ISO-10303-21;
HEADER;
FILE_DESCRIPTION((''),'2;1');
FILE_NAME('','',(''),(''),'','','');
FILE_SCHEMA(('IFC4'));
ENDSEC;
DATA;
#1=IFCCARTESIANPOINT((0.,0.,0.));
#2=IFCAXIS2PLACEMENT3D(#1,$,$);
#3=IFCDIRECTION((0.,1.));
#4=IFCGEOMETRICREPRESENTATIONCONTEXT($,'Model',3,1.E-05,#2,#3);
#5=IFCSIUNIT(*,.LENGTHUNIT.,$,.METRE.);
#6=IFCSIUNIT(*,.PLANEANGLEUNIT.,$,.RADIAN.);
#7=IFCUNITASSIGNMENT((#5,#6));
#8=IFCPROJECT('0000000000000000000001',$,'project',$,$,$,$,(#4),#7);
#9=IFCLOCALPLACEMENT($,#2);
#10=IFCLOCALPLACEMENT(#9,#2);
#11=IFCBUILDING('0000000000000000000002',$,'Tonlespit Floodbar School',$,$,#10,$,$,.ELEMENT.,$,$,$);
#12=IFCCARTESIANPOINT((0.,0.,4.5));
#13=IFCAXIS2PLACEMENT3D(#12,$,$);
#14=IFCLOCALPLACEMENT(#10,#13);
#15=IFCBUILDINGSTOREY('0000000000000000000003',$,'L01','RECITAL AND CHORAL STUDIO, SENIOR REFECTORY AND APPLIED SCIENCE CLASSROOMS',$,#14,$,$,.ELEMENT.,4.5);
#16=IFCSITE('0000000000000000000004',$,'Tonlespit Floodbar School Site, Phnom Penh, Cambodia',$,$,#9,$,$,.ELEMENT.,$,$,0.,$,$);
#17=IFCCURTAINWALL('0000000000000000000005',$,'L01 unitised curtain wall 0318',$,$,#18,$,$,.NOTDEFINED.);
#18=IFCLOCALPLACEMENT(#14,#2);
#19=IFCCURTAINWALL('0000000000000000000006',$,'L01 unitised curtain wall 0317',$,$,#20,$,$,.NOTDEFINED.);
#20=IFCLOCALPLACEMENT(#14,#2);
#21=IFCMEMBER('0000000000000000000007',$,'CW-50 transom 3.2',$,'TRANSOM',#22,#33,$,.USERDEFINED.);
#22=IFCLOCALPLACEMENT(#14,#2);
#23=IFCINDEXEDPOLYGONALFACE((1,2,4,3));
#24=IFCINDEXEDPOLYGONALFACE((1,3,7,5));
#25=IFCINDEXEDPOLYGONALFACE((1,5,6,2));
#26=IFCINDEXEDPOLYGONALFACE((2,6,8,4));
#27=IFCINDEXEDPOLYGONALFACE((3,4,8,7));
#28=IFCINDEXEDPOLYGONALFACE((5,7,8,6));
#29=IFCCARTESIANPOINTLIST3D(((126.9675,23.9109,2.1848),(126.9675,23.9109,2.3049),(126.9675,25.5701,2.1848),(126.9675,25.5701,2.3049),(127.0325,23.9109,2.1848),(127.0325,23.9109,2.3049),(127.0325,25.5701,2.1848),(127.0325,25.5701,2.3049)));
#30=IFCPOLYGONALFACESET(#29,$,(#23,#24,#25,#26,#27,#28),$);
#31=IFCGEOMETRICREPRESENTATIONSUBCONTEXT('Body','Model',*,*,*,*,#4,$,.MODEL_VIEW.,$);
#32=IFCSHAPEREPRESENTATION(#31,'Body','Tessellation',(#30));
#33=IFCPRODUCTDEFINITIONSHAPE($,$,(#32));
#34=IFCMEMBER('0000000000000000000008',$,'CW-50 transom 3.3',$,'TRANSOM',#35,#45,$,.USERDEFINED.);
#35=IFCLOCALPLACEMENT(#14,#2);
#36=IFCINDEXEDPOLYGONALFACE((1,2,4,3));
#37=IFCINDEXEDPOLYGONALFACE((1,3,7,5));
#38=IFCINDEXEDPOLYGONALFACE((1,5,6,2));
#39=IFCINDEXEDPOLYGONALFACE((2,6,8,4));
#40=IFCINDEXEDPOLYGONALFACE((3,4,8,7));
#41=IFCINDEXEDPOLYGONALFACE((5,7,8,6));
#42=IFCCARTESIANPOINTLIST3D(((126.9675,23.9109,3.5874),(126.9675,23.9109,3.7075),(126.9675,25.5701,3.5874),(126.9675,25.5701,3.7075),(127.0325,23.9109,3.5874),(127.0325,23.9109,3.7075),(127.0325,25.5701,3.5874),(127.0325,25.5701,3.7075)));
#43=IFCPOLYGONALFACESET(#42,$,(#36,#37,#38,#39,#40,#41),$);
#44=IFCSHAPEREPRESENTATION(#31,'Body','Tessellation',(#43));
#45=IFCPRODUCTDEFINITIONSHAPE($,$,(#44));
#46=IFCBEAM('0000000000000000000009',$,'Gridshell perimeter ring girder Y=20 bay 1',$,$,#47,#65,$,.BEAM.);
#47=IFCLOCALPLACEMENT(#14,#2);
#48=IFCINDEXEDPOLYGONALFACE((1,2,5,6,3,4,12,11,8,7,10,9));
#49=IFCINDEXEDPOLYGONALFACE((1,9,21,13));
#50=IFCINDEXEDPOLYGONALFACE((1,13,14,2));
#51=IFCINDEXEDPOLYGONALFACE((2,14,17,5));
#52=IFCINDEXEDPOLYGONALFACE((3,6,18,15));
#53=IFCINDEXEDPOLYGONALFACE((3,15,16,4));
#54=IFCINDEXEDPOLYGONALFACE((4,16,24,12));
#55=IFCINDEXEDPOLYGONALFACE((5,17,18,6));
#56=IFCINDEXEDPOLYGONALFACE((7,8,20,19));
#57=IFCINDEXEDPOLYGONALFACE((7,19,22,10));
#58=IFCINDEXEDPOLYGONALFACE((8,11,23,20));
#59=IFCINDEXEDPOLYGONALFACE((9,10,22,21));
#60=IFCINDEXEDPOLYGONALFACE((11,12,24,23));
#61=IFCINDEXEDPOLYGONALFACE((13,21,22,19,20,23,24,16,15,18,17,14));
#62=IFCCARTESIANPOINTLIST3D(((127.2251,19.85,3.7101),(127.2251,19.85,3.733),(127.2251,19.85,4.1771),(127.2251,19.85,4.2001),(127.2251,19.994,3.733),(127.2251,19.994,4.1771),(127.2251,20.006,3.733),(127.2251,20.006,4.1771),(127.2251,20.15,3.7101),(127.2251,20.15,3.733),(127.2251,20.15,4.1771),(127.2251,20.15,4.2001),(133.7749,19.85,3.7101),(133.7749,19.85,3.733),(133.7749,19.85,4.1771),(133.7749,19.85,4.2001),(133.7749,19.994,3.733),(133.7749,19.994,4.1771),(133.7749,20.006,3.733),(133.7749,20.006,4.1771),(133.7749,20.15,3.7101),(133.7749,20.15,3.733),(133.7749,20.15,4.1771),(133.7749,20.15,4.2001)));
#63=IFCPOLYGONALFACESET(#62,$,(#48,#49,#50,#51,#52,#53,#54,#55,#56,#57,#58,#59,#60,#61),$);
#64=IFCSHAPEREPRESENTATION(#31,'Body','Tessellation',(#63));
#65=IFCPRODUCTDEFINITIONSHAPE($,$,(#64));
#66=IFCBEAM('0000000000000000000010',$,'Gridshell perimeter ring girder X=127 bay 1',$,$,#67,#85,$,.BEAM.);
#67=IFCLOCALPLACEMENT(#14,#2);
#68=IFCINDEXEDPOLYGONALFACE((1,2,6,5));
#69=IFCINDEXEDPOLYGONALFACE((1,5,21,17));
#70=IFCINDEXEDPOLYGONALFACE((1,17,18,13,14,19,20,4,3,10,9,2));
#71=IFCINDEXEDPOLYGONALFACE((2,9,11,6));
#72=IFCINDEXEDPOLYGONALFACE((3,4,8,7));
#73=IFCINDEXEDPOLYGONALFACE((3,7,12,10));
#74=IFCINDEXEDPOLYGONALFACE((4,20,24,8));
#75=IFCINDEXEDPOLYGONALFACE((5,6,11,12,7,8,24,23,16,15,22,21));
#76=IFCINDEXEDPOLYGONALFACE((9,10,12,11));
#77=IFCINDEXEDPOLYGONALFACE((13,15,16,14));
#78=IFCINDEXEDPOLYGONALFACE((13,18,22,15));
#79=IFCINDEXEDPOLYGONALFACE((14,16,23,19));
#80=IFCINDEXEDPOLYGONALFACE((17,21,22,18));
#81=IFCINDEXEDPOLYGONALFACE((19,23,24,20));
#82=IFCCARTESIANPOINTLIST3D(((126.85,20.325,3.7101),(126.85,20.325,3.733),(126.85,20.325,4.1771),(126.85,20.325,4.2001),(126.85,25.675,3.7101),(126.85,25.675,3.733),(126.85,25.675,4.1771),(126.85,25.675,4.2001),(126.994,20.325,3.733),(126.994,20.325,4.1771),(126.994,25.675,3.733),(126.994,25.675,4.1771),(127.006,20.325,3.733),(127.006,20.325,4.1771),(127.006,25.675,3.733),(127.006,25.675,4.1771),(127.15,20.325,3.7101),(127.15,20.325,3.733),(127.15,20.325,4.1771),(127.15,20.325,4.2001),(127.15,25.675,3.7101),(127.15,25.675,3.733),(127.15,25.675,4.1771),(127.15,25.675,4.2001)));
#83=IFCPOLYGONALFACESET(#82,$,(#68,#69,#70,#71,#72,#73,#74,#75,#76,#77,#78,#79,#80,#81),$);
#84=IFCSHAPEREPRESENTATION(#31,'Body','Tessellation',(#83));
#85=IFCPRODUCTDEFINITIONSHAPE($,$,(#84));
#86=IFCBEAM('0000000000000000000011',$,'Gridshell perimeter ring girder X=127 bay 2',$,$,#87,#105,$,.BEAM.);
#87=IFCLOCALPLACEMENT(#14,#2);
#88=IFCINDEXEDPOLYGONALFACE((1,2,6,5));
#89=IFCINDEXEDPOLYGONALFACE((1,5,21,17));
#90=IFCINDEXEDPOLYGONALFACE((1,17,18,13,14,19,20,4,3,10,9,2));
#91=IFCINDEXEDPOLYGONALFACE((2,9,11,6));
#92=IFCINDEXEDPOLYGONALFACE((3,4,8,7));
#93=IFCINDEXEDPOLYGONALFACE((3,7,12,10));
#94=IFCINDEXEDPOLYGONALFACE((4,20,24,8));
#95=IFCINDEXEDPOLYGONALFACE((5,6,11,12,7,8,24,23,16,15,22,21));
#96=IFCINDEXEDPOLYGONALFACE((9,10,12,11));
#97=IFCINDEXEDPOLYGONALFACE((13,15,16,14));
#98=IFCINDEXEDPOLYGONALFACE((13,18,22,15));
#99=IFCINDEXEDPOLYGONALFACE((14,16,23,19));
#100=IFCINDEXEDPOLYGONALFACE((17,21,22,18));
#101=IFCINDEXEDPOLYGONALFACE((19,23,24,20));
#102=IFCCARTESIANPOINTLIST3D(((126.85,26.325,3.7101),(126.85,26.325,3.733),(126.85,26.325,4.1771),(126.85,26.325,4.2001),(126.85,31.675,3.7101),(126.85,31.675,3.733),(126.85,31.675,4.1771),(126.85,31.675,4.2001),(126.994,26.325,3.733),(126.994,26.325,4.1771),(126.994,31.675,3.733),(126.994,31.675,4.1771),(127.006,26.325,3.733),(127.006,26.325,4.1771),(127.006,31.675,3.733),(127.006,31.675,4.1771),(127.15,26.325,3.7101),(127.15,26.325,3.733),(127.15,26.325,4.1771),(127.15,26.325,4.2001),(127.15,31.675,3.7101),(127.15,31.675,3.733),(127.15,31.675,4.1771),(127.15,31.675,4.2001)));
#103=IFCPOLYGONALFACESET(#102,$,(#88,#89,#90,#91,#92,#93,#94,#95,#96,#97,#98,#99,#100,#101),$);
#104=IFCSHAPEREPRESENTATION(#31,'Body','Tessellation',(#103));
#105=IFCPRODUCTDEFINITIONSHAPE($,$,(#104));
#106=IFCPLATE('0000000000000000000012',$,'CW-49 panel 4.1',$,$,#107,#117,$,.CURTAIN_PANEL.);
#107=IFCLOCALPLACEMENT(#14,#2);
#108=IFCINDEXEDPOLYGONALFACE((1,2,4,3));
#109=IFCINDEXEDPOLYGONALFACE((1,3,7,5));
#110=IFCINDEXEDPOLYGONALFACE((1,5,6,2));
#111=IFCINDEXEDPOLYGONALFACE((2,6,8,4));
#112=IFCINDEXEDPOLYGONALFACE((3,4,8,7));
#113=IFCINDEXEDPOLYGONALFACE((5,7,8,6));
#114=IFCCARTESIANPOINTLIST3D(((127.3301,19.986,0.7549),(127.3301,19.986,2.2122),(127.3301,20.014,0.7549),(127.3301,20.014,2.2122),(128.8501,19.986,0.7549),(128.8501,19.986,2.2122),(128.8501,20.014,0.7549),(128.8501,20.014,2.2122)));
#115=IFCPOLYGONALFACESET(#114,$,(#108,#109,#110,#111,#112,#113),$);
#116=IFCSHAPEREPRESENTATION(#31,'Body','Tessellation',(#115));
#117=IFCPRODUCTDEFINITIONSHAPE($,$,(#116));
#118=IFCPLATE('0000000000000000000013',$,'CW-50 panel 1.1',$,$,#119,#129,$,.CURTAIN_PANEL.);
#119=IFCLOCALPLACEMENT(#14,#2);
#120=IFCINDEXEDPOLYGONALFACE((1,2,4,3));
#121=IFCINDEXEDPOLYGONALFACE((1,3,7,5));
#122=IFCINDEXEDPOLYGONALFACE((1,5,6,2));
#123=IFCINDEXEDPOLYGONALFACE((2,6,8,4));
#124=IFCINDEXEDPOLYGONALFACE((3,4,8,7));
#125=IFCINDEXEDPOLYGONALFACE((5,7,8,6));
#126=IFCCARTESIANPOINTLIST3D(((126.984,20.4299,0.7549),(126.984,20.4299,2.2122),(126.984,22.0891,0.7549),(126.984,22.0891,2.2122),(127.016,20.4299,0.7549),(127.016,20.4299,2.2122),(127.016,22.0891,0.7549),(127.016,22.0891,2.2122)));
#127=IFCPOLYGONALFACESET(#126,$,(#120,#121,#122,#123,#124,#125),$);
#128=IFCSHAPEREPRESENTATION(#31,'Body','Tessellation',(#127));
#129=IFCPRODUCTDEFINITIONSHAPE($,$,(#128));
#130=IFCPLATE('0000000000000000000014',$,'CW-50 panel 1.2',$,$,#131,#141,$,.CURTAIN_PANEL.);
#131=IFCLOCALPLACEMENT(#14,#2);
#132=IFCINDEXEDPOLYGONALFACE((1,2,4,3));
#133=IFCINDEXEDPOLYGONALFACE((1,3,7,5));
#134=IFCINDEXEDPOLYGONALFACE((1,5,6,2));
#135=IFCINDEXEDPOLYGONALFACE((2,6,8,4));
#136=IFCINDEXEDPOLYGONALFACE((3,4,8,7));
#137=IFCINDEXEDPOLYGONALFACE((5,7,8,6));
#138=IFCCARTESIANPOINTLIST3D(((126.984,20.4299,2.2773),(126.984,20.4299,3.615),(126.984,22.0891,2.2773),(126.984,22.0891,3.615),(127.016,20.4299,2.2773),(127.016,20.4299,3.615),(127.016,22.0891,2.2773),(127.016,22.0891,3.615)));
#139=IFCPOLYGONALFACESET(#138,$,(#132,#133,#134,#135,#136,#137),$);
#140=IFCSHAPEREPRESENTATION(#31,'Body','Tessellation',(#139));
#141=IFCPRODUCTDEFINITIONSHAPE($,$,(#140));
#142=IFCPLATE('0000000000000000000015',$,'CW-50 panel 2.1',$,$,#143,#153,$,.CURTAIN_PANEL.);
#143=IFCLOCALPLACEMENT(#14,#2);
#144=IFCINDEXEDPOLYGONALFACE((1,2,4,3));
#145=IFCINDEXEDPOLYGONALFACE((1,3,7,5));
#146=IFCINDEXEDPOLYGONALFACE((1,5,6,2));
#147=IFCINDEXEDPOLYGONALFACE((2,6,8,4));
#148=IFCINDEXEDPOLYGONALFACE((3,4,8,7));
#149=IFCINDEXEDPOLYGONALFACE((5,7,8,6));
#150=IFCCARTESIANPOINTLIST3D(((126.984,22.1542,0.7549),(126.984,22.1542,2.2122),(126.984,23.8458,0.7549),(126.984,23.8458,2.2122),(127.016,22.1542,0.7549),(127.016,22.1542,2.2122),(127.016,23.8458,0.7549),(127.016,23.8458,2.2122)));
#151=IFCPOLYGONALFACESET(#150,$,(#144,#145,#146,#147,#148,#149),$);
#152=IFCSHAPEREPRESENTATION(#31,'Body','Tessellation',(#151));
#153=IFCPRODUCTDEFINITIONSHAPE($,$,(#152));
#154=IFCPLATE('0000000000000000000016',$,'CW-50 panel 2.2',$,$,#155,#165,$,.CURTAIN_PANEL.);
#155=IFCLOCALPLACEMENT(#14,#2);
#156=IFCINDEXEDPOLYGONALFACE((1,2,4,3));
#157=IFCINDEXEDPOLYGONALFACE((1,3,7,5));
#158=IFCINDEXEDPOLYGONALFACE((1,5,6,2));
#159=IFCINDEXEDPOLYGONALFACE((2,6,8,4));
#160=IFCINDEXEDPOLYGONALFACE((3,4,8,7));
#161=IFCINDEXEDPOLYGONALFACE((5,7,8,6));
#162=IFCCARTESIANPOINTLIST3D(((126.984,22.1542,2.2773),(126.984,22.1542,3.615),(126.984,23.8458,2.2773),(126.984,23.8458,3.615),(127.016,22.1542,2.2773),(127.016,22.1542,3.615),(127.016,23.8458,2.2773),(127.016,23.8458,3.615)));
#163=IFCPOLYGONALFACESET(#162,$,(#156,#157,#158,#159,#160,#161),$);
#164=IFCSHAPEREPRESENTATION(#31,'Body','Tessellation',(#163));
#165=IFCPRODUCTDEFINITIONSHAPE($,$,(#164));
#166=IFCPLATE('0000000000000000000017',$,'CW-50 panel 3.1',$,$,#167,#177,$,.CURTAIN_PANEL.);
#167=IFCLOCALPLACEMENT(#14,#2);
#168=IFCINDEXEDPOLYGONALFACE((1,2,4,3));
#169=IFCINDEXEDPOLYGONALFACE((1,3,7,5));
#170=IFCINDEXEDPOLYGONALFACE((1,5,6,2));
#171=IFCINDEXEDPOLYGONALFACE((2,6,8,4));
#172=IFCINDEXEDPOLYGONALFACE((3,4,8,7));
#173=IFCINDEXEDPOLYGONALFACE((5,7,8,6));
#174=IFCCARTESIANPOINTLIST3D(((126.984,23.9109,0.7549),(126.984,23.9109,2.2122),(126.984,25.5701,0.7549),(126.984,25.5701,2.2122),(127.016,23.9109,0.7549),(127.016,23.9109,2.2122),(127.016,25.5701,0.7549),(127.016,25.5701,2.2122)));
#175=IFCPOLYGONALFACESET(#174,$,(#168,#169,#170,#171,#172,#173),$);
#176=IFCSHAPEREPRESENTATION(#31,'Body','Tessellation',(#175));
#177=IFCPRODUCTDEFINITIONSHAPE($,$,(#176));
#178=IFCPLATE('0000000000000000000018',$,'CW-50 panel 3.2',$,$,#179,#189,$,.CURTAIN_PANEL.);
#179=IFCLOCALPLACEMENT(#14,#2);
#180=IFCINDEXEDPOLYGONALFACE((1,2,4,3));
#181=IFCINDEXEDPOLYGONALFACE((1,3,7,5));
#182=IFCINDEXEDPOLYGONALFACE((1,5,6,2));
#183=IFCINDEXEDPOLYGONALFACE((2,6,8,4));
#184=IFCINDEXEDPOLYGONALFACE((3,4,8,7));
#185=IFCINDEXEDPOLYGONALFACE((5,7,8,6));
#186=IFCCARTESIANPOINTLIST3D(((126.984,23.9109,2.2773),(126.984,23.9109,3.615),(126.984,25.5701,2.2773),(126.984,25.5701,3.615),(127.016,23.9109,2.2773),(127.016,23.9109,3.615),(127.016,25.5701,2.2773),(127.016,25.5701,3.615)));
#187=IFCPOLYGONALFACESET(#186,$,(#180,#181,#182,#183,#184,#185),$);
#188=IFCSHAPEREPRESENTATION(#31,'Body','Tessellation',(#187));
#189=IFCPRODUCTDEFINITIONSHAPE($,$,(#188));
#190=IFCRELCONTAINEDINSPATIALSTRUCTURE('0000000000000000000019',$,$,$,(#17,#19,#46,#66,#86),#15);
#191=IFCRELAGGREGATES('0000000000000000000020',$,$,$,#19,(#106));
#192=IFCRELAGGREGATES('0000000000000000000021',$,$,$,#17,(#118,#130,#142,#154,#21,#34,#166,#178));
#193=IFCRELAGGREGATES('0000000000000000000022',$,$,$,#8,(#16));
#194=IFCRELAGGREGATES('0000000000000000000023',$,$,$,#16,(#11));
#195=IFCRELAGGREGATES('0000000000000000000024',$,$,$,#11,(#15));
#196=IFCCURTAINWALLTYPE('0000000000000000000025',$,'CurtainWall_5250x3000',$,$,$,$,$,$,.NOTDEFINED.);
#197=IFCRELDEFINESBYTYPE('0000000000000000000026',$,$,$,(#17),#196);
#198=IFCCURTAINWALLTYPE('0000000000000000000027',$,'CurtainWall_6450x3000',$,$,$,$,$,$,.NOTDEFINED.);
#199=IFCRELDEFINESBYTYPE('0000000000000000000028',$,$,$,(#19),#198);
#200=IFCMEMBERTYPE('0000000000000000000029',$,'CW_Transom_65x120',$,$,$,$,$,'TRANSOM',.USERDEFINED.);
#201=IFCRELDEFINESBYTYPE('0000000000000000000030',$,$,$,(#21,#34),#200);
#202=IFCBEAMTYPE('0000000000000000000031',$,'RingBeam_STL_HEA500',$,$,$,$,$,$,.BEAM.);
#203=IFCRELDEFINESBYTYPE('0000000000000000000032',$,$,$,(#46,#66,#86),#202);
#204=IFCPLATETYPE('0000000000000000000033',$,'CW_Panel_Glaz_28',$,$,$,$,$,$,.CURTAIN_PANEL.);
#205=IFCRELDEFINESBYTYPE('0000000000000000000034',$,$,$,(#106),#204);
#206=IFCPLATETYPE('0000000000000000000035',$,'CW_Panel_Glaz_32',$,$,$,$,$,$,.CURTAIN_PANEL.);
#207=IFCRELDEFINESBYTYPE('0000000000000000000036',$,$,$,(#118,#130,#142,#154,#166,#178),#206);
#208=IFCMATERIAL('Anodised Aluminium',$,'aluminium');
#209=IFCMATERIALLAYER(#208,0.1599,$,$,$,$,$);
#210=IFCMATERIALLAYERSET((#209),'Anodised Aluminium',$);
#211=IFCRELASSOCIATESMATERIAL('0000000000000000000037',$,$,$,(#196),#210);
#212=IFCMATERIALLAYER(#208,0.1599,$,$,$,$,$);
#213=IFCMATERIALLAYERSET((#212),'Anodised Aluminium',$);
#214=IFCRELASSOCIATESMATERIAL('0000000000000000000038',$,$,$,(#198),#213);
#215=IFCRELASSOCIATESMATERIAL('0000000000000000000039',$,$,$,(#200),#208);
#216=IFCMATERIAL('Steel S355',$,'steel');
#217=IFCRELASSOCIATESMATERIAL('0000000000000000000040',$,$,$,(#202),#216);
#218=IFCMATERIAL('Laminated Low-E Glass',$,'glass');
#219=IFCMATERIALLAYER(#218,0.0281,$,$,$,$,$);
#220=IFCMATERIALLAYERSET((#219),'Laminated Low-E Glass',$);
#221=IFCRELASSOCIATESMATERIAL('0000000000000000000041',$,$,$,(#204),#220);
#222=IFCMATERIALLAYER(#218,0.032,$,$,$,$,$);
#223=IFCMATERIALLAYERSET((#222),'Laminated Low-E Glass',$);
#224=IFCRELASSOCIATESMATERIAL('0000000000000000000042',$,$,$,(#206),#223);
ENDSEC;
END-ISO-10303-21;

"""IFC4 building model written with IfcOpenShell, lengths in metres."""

from ifc_helpers import new_model, si_unit, direction, frame, origin, origin_2d, place, context, subcontext, project, spatial, rectangle, i_section, extrude, material, layer, layer_set, material_profile, profile_set, type_object, element, aggregate, save


model = new_model("IFC4")

# Units and contexts
model_context = context("Model", 3, precision=1e-05, world=origin(), true_north=direction((0.0, 1.0)))
body_context = subcontext(model_context, "Body", "Model", "MODEL_VIEW")
ifc_project = project(units=[si_unit("LENGTHUNIT", "METRE"), si_unit("PLANEANGLEUNIT", "RADIAN")], contexts=[model_context])

# Site, building, storey
site_placement = place(None, origin())
site = spatial("IfcSite", under=ifc_project, at=site_placement, Name="Tonlespit Floodbar School Site, Phnom Penh, Cambodia", CompositionType="ELEMENT", RefElevation=0.0)
building_placement = place(site_placement, origin())
building = spatial("IfcBuilding", under=site, at=building_placement, Name="Tonlespit Floodbar School", CompositionType="ELEMENT")
storey_placement = place(building_placement, frame((0.0, 0.0, 4.5)))
storey = spatial("IfcBuildingStorey", under=building, at=storey_placement, Name="L01", Description="RECITAL AND CHORAL STUDIO, SENIOR REFECTORY AND APPLIED SCIENCE CLASSROOMS", CompositionType="ELEMENT", Elevation=4.5)

# Curtain wall
ifc_material_1 = material(Name="Anodised Aluminium", Category="aluminium")
ifc_layer_1 = layer(ifc_material_1, 0.1599)
ifc_layer_set_1 = layer_set([ifc_layer_1], Name="Anodised Aluminium")
curtain_wall_type_1 = type_object("IfcCurtainWallType", Name="CurtainWall_5250x3000", PredefinedType="NOTDEFINED", material=ifc_layer_set_1)
curtain_wall_1_placement = place(storey_placement, origin())
curtain_wall_1 = element("IfcCurtainWall", 1, at=curtain_wall_1_placement, inside=storey, type_object=curtain_wall_type_1, Name="L01 unitised curtain wall 0318", PredefinedType="NOTDEFINED")

# Curtain wall
ifc_layer_2 = layer(ifc_material_1, 0.1599)
ifc_layer_set_2 = layer_set([ifc_layer_2], Name="Anodised Aluminium")
curtain_wall_type_2 = type_object("IfcCurtainWallType", Name="CurtainWall_6450x3000", PredefinedType="NOTDEFINED", material=ifc_layer_set_2)
curtain_wall_2_placement = place(storey_placement, origin())
curtain_wall_2 = element("IfcCurtainWall", 2, at=curtain_wall_2_placement, inside=storey, type_object=curtain_wall_type_2, Name="L01 unitised curtain wall 0317", PredefinedType="NOTDEFINED")

# Members
ifc_material_profile_1 = material_profile(ifc_material_1, rectangle(XDim=0.0649, YDim=0.1201, at=origin_2d()), Name="ALU T65x120")
ifc_profile_set_1 = profile_set([ifc_material_profile_1], Name="Anodised Aluminium")
member_type_1 = type_object("IfcMemberType", Name="CW_Transom_65x120", ElementType="TRANSOM", PredefinedType="USERDEFINED", material=ifc_profile_set_1)
member_1_placement = place(storey_placement, frame((127.0, 23.9109, 2.2449), z_axis=(0.0, 1.0, 0.0), x_axis=(-1.0, 0.0, 0.0)))
member_1 = element("IfcMember", 3, at=member_1_placement, type_object=member_type_1, Name="CW-50 transom 3.2", ObjectType="TRANSOM", PredefinedType="USERDEFINED", context=body_context, shape_type="SweptSolid", body=[
    extrude(rectangle(XDim=0.0649, YDim=0.1201, at=origin_2d()), origin(), (0.0, 0.0, 1.0), 1.6592),
])
member_2_placement = place(storey_placement, frame((127.0, 23.9109, 3.6475), z_axis=(0.0, 1.0, 0.0), x_axis=(-1.0, 0.0, 0.0)))
member_2 = element("IfcMember", 4, at=member_2_placement, type_object=member_type_1, Name="CW-50 transom 3.3", ObjectType="TRANSOM", PredefinedType="USERDEFINED", context=body_context, shape_type="SweptSolid", body=[
    extrude(rectangle(XDim=0.0649, YDim=0.1201, at=origin_2d()), origin(), (0.0, 0.0, 1.0), 1.6592),
])

# Beams
ifc_material_2 = material(Name="Steel S355", Category="steel")
ifc_material_profile_2 = material_profile(ifc_material_2, i_section(OverallWidth=0.3, OverallDepth=0.49, WebThickness=0.012, FlangeThickness=0.0229, at=origin_2d()), Name="HEA 500")
ifc_profile_set_2 = profile_set([ifc_material_profile_2], Name="Steel S355")
beam_type = type_object("IfcBeamType", Name="RingBeam_STL_HEA500", PredefinedType="BEAM", material=ifc_profile_set_2)
beam_placement = place(storey_placement, frame((127.2251, 20.0, 3.9551), z_axis=(1.0, 0.0, 0.0), x_axis=(0.0, 1.0, 0.0)))
element("IfcBeam", 5, at=beam_placement, inside=storey, type_object=beam_type, Name="Gridshell perimeter ring girder Y=20 bay 1", PredefinedType="BEAM", context=body_context, shape_type="SweptSolid", body=[
    extrude(i_section(OverallWidth=0.3, OverallDepth=0.49, WebThickness=0.012, FlangeThickness=0.0229, at=origin_2d()), origin(), (0.0, 0.0, 1.0), 6.5498),
])
for number, where, z_axis, x_axis, name in (
    (6, (127.0, 20.325, 3.9551), (0.0, 1.0, 0.0), (-1.0, 0.0, 0.0), "Gridshell perimeter ring girder X=127 bay 1"),
    (7, (127.0, 26.325, 3.9551), (0.0, 1.0, 0.0), (-1.0, 0.0, 0.0), "Gridshell perimeter ring girder X=127 bay 2"),
):
    element("IfcBeam", number, at=place(storey_placement, frame(where, z_axis=z_axis, x_axis=x_axis)), inside=storey, type_object=beam_type, Name=name, PredefinedType="BEAM", context=body_context, shape_type="SweptSolid", body=[
        extrude(i_section(OverallWidth=0.3, OverallDepth=0.49, WebThickness=0.012, FlangeThickness=0.0229, at=origin_2d()), origin(), (0.0, 0.0, 1.0), 5.3501),
    ])

# Plates
ifc_material_3 = material(Name="Laminated Low-E Glass", Category="glass")
ifc_layer_3 = layer(ifc_material_3, 0.0281)
ifc_layer_set_3 = layer_set([ifc_layer_3], Name="Laminated Low-E Glass")
plate_type_1 = type_object("IfcPlateType", Name="CW_Panel_Glaz_28", PredefinedType="CURTAIN_PANEL", material=ifc_layer_set_3)
plate_1_placement = place(storey_placement, frame((128.0901, 20.0, 0.7549), z_axis=(0.0, 0.0, 1.0), x_axis=(-1.0, 0.0, 0.0)))
plate_1 = element("IfcPlate", 8, at=plate_1_placement, type_object=plate_type_1, Name="CW-49 panel 4.1", PredefinedType="CURTAIN_PANEL", context=body_context, shape_type="SweptSolid", body=[
    extrude(rectangle(XDim=1.52, YDim=0.0281, at=origin_2d()), origin(), (0.0, 0.0, 1.0), 1.4573),
])
aggregate(curtain_wall_2, [plate_1])
ifc_layer_4 = layer(ifc_material_3, 0.032)
ifc_layer_set_4 = layer_set([ifc_layer_4], Name="Laminated Low-E Glass")
plate_type_2 = type_object("IfcPlateType", Name="CW_Panel_Glaz_32", PredefinedType="CURTAIN_PANEL", material=ifc_layer_set_4)
plate_2_placement = place(storey_placement, frame((127.0, 21.2595, 0.7549), z_axis=(0.0, 0.0, 1.0), x_axis=(0.0, 1.0, 0.0)))
plate_2 = element("IfcPlate", 9, at=plate_2_placement, type_object=plate_type_2, Name="CW-50 panel 1.1", PredefinedType="CURTAIN_PANEL", context=body_context, shape_type="SweptSolid", body=[
    extrude(rectangle(XDim=1.6592, YDim=0.032, at=origin_2d()), origin(), (0.0, 0.0, 1.0), 1.4573),
])
plate_3_placement = place(storey_placement, frame((127.0, 21.2595, 2.2773), z_axis=(0.0, 0.0, 1.0), x_axis=(0.0, 1.0, 0.0)))
plate_3 = element("IfcPlate", 10, at=plate_3_placement, type_object=plate_type_2, Name="CW-50 panel 1.2", PredefinedType="CURTAIN_PANEL", context=body_context, shape_type="SweptSolid", body=[
    extrude(rectangle(XDim=1.6592, YDim=0.032, at=origin_2d()), origin(), (0.0, 0.0, 1.0), 1.3376),
])
plate_4_placement = place(storey_placement, frame((127.0, 23.0, 0.7549), z_axis=(0.0, 0.0, 1.0), x_axis=(0.0, 1.0, 0.0)))
plate_4 = element("IfcPlate", 11, at=plate_4_placement, type_object=plate_type_2, Name="CW-50 panel 2.1", PredefinedType="CURTAIN_PANEL", context=body_context, shape_type="SweptSolid", body=[
    extrude(rectangle(XDim=1.6917, YDim=0.032, at=origin_2d()), origin(), (0.0, 0.0, 1.0), 1.4573),
])
plate_5_placement = place(storey_placement, frame((127.0, 23.0, 2.2773), z_axis=(0.0, 0.0, 1.0), x_axis=(0.0, 1.0, 0.0)))
plate_5 = element("IfcPlate", 12, at=plate_5_placement, type_object=plate_type_2, Name="CW-50 panel 2.2", PredefinedType="CURTAIN_PANEL", context=body_context, shape_type="SweptSolid", body=[
    extrude(rectangle(XDim=1.6917, YDim=0.032, at=origin_2d()), origin(), (0.0, 0.0, 1.0), 1.3376),
])
plate_6_placement = place(storey_placement, frame((127.0, 24.7405, 0.7549), z_axis=(0.0, 0.0, 1.0), x_axis=(0.0, 1.0, 0.0)))
plate_6 = element("IfcPlate", 13, at=plate_6_placement, type_object=plate_type_2, Name="CW-50 panel 3.1", PredefinedType="CURTAIN_PANEL", context=body_context, shape_type="SweptSolid", body=[
    extrude(rectangle(XDim=1.6592, YDim=0.032, at=origin_2d()), origin(), (0.0, 0.0, 1.0), 1.4573),
])
plate_7_placement = place(storey_placement, frame((127.0, 24.7405, 2.2773), z_axis=(0.0, 0.0, 1.0), x_axis=(0.0, 1.0, 0.0)))
plate_7 = element("IfcPlate", 14, at=plate_7_placement, type_object=plate_type_2, Name="CW-50 panel 3.2", PredefinedType="CURTAIN_PANEL", context=body_context, shape_type="SweptSolid", body=[
    extrude(rectangle(XDim=1.6592, YDim=0.032, at=origin_2d()), origin(), (0.0, 0.0, 1.0), 1.3376),
])
aggregate(curtain_wall_1, [plate_2, plate_3, plate_4, plate_5, member_1, member_2, plate_6, plate_7])

save(model, "model.ifc")
